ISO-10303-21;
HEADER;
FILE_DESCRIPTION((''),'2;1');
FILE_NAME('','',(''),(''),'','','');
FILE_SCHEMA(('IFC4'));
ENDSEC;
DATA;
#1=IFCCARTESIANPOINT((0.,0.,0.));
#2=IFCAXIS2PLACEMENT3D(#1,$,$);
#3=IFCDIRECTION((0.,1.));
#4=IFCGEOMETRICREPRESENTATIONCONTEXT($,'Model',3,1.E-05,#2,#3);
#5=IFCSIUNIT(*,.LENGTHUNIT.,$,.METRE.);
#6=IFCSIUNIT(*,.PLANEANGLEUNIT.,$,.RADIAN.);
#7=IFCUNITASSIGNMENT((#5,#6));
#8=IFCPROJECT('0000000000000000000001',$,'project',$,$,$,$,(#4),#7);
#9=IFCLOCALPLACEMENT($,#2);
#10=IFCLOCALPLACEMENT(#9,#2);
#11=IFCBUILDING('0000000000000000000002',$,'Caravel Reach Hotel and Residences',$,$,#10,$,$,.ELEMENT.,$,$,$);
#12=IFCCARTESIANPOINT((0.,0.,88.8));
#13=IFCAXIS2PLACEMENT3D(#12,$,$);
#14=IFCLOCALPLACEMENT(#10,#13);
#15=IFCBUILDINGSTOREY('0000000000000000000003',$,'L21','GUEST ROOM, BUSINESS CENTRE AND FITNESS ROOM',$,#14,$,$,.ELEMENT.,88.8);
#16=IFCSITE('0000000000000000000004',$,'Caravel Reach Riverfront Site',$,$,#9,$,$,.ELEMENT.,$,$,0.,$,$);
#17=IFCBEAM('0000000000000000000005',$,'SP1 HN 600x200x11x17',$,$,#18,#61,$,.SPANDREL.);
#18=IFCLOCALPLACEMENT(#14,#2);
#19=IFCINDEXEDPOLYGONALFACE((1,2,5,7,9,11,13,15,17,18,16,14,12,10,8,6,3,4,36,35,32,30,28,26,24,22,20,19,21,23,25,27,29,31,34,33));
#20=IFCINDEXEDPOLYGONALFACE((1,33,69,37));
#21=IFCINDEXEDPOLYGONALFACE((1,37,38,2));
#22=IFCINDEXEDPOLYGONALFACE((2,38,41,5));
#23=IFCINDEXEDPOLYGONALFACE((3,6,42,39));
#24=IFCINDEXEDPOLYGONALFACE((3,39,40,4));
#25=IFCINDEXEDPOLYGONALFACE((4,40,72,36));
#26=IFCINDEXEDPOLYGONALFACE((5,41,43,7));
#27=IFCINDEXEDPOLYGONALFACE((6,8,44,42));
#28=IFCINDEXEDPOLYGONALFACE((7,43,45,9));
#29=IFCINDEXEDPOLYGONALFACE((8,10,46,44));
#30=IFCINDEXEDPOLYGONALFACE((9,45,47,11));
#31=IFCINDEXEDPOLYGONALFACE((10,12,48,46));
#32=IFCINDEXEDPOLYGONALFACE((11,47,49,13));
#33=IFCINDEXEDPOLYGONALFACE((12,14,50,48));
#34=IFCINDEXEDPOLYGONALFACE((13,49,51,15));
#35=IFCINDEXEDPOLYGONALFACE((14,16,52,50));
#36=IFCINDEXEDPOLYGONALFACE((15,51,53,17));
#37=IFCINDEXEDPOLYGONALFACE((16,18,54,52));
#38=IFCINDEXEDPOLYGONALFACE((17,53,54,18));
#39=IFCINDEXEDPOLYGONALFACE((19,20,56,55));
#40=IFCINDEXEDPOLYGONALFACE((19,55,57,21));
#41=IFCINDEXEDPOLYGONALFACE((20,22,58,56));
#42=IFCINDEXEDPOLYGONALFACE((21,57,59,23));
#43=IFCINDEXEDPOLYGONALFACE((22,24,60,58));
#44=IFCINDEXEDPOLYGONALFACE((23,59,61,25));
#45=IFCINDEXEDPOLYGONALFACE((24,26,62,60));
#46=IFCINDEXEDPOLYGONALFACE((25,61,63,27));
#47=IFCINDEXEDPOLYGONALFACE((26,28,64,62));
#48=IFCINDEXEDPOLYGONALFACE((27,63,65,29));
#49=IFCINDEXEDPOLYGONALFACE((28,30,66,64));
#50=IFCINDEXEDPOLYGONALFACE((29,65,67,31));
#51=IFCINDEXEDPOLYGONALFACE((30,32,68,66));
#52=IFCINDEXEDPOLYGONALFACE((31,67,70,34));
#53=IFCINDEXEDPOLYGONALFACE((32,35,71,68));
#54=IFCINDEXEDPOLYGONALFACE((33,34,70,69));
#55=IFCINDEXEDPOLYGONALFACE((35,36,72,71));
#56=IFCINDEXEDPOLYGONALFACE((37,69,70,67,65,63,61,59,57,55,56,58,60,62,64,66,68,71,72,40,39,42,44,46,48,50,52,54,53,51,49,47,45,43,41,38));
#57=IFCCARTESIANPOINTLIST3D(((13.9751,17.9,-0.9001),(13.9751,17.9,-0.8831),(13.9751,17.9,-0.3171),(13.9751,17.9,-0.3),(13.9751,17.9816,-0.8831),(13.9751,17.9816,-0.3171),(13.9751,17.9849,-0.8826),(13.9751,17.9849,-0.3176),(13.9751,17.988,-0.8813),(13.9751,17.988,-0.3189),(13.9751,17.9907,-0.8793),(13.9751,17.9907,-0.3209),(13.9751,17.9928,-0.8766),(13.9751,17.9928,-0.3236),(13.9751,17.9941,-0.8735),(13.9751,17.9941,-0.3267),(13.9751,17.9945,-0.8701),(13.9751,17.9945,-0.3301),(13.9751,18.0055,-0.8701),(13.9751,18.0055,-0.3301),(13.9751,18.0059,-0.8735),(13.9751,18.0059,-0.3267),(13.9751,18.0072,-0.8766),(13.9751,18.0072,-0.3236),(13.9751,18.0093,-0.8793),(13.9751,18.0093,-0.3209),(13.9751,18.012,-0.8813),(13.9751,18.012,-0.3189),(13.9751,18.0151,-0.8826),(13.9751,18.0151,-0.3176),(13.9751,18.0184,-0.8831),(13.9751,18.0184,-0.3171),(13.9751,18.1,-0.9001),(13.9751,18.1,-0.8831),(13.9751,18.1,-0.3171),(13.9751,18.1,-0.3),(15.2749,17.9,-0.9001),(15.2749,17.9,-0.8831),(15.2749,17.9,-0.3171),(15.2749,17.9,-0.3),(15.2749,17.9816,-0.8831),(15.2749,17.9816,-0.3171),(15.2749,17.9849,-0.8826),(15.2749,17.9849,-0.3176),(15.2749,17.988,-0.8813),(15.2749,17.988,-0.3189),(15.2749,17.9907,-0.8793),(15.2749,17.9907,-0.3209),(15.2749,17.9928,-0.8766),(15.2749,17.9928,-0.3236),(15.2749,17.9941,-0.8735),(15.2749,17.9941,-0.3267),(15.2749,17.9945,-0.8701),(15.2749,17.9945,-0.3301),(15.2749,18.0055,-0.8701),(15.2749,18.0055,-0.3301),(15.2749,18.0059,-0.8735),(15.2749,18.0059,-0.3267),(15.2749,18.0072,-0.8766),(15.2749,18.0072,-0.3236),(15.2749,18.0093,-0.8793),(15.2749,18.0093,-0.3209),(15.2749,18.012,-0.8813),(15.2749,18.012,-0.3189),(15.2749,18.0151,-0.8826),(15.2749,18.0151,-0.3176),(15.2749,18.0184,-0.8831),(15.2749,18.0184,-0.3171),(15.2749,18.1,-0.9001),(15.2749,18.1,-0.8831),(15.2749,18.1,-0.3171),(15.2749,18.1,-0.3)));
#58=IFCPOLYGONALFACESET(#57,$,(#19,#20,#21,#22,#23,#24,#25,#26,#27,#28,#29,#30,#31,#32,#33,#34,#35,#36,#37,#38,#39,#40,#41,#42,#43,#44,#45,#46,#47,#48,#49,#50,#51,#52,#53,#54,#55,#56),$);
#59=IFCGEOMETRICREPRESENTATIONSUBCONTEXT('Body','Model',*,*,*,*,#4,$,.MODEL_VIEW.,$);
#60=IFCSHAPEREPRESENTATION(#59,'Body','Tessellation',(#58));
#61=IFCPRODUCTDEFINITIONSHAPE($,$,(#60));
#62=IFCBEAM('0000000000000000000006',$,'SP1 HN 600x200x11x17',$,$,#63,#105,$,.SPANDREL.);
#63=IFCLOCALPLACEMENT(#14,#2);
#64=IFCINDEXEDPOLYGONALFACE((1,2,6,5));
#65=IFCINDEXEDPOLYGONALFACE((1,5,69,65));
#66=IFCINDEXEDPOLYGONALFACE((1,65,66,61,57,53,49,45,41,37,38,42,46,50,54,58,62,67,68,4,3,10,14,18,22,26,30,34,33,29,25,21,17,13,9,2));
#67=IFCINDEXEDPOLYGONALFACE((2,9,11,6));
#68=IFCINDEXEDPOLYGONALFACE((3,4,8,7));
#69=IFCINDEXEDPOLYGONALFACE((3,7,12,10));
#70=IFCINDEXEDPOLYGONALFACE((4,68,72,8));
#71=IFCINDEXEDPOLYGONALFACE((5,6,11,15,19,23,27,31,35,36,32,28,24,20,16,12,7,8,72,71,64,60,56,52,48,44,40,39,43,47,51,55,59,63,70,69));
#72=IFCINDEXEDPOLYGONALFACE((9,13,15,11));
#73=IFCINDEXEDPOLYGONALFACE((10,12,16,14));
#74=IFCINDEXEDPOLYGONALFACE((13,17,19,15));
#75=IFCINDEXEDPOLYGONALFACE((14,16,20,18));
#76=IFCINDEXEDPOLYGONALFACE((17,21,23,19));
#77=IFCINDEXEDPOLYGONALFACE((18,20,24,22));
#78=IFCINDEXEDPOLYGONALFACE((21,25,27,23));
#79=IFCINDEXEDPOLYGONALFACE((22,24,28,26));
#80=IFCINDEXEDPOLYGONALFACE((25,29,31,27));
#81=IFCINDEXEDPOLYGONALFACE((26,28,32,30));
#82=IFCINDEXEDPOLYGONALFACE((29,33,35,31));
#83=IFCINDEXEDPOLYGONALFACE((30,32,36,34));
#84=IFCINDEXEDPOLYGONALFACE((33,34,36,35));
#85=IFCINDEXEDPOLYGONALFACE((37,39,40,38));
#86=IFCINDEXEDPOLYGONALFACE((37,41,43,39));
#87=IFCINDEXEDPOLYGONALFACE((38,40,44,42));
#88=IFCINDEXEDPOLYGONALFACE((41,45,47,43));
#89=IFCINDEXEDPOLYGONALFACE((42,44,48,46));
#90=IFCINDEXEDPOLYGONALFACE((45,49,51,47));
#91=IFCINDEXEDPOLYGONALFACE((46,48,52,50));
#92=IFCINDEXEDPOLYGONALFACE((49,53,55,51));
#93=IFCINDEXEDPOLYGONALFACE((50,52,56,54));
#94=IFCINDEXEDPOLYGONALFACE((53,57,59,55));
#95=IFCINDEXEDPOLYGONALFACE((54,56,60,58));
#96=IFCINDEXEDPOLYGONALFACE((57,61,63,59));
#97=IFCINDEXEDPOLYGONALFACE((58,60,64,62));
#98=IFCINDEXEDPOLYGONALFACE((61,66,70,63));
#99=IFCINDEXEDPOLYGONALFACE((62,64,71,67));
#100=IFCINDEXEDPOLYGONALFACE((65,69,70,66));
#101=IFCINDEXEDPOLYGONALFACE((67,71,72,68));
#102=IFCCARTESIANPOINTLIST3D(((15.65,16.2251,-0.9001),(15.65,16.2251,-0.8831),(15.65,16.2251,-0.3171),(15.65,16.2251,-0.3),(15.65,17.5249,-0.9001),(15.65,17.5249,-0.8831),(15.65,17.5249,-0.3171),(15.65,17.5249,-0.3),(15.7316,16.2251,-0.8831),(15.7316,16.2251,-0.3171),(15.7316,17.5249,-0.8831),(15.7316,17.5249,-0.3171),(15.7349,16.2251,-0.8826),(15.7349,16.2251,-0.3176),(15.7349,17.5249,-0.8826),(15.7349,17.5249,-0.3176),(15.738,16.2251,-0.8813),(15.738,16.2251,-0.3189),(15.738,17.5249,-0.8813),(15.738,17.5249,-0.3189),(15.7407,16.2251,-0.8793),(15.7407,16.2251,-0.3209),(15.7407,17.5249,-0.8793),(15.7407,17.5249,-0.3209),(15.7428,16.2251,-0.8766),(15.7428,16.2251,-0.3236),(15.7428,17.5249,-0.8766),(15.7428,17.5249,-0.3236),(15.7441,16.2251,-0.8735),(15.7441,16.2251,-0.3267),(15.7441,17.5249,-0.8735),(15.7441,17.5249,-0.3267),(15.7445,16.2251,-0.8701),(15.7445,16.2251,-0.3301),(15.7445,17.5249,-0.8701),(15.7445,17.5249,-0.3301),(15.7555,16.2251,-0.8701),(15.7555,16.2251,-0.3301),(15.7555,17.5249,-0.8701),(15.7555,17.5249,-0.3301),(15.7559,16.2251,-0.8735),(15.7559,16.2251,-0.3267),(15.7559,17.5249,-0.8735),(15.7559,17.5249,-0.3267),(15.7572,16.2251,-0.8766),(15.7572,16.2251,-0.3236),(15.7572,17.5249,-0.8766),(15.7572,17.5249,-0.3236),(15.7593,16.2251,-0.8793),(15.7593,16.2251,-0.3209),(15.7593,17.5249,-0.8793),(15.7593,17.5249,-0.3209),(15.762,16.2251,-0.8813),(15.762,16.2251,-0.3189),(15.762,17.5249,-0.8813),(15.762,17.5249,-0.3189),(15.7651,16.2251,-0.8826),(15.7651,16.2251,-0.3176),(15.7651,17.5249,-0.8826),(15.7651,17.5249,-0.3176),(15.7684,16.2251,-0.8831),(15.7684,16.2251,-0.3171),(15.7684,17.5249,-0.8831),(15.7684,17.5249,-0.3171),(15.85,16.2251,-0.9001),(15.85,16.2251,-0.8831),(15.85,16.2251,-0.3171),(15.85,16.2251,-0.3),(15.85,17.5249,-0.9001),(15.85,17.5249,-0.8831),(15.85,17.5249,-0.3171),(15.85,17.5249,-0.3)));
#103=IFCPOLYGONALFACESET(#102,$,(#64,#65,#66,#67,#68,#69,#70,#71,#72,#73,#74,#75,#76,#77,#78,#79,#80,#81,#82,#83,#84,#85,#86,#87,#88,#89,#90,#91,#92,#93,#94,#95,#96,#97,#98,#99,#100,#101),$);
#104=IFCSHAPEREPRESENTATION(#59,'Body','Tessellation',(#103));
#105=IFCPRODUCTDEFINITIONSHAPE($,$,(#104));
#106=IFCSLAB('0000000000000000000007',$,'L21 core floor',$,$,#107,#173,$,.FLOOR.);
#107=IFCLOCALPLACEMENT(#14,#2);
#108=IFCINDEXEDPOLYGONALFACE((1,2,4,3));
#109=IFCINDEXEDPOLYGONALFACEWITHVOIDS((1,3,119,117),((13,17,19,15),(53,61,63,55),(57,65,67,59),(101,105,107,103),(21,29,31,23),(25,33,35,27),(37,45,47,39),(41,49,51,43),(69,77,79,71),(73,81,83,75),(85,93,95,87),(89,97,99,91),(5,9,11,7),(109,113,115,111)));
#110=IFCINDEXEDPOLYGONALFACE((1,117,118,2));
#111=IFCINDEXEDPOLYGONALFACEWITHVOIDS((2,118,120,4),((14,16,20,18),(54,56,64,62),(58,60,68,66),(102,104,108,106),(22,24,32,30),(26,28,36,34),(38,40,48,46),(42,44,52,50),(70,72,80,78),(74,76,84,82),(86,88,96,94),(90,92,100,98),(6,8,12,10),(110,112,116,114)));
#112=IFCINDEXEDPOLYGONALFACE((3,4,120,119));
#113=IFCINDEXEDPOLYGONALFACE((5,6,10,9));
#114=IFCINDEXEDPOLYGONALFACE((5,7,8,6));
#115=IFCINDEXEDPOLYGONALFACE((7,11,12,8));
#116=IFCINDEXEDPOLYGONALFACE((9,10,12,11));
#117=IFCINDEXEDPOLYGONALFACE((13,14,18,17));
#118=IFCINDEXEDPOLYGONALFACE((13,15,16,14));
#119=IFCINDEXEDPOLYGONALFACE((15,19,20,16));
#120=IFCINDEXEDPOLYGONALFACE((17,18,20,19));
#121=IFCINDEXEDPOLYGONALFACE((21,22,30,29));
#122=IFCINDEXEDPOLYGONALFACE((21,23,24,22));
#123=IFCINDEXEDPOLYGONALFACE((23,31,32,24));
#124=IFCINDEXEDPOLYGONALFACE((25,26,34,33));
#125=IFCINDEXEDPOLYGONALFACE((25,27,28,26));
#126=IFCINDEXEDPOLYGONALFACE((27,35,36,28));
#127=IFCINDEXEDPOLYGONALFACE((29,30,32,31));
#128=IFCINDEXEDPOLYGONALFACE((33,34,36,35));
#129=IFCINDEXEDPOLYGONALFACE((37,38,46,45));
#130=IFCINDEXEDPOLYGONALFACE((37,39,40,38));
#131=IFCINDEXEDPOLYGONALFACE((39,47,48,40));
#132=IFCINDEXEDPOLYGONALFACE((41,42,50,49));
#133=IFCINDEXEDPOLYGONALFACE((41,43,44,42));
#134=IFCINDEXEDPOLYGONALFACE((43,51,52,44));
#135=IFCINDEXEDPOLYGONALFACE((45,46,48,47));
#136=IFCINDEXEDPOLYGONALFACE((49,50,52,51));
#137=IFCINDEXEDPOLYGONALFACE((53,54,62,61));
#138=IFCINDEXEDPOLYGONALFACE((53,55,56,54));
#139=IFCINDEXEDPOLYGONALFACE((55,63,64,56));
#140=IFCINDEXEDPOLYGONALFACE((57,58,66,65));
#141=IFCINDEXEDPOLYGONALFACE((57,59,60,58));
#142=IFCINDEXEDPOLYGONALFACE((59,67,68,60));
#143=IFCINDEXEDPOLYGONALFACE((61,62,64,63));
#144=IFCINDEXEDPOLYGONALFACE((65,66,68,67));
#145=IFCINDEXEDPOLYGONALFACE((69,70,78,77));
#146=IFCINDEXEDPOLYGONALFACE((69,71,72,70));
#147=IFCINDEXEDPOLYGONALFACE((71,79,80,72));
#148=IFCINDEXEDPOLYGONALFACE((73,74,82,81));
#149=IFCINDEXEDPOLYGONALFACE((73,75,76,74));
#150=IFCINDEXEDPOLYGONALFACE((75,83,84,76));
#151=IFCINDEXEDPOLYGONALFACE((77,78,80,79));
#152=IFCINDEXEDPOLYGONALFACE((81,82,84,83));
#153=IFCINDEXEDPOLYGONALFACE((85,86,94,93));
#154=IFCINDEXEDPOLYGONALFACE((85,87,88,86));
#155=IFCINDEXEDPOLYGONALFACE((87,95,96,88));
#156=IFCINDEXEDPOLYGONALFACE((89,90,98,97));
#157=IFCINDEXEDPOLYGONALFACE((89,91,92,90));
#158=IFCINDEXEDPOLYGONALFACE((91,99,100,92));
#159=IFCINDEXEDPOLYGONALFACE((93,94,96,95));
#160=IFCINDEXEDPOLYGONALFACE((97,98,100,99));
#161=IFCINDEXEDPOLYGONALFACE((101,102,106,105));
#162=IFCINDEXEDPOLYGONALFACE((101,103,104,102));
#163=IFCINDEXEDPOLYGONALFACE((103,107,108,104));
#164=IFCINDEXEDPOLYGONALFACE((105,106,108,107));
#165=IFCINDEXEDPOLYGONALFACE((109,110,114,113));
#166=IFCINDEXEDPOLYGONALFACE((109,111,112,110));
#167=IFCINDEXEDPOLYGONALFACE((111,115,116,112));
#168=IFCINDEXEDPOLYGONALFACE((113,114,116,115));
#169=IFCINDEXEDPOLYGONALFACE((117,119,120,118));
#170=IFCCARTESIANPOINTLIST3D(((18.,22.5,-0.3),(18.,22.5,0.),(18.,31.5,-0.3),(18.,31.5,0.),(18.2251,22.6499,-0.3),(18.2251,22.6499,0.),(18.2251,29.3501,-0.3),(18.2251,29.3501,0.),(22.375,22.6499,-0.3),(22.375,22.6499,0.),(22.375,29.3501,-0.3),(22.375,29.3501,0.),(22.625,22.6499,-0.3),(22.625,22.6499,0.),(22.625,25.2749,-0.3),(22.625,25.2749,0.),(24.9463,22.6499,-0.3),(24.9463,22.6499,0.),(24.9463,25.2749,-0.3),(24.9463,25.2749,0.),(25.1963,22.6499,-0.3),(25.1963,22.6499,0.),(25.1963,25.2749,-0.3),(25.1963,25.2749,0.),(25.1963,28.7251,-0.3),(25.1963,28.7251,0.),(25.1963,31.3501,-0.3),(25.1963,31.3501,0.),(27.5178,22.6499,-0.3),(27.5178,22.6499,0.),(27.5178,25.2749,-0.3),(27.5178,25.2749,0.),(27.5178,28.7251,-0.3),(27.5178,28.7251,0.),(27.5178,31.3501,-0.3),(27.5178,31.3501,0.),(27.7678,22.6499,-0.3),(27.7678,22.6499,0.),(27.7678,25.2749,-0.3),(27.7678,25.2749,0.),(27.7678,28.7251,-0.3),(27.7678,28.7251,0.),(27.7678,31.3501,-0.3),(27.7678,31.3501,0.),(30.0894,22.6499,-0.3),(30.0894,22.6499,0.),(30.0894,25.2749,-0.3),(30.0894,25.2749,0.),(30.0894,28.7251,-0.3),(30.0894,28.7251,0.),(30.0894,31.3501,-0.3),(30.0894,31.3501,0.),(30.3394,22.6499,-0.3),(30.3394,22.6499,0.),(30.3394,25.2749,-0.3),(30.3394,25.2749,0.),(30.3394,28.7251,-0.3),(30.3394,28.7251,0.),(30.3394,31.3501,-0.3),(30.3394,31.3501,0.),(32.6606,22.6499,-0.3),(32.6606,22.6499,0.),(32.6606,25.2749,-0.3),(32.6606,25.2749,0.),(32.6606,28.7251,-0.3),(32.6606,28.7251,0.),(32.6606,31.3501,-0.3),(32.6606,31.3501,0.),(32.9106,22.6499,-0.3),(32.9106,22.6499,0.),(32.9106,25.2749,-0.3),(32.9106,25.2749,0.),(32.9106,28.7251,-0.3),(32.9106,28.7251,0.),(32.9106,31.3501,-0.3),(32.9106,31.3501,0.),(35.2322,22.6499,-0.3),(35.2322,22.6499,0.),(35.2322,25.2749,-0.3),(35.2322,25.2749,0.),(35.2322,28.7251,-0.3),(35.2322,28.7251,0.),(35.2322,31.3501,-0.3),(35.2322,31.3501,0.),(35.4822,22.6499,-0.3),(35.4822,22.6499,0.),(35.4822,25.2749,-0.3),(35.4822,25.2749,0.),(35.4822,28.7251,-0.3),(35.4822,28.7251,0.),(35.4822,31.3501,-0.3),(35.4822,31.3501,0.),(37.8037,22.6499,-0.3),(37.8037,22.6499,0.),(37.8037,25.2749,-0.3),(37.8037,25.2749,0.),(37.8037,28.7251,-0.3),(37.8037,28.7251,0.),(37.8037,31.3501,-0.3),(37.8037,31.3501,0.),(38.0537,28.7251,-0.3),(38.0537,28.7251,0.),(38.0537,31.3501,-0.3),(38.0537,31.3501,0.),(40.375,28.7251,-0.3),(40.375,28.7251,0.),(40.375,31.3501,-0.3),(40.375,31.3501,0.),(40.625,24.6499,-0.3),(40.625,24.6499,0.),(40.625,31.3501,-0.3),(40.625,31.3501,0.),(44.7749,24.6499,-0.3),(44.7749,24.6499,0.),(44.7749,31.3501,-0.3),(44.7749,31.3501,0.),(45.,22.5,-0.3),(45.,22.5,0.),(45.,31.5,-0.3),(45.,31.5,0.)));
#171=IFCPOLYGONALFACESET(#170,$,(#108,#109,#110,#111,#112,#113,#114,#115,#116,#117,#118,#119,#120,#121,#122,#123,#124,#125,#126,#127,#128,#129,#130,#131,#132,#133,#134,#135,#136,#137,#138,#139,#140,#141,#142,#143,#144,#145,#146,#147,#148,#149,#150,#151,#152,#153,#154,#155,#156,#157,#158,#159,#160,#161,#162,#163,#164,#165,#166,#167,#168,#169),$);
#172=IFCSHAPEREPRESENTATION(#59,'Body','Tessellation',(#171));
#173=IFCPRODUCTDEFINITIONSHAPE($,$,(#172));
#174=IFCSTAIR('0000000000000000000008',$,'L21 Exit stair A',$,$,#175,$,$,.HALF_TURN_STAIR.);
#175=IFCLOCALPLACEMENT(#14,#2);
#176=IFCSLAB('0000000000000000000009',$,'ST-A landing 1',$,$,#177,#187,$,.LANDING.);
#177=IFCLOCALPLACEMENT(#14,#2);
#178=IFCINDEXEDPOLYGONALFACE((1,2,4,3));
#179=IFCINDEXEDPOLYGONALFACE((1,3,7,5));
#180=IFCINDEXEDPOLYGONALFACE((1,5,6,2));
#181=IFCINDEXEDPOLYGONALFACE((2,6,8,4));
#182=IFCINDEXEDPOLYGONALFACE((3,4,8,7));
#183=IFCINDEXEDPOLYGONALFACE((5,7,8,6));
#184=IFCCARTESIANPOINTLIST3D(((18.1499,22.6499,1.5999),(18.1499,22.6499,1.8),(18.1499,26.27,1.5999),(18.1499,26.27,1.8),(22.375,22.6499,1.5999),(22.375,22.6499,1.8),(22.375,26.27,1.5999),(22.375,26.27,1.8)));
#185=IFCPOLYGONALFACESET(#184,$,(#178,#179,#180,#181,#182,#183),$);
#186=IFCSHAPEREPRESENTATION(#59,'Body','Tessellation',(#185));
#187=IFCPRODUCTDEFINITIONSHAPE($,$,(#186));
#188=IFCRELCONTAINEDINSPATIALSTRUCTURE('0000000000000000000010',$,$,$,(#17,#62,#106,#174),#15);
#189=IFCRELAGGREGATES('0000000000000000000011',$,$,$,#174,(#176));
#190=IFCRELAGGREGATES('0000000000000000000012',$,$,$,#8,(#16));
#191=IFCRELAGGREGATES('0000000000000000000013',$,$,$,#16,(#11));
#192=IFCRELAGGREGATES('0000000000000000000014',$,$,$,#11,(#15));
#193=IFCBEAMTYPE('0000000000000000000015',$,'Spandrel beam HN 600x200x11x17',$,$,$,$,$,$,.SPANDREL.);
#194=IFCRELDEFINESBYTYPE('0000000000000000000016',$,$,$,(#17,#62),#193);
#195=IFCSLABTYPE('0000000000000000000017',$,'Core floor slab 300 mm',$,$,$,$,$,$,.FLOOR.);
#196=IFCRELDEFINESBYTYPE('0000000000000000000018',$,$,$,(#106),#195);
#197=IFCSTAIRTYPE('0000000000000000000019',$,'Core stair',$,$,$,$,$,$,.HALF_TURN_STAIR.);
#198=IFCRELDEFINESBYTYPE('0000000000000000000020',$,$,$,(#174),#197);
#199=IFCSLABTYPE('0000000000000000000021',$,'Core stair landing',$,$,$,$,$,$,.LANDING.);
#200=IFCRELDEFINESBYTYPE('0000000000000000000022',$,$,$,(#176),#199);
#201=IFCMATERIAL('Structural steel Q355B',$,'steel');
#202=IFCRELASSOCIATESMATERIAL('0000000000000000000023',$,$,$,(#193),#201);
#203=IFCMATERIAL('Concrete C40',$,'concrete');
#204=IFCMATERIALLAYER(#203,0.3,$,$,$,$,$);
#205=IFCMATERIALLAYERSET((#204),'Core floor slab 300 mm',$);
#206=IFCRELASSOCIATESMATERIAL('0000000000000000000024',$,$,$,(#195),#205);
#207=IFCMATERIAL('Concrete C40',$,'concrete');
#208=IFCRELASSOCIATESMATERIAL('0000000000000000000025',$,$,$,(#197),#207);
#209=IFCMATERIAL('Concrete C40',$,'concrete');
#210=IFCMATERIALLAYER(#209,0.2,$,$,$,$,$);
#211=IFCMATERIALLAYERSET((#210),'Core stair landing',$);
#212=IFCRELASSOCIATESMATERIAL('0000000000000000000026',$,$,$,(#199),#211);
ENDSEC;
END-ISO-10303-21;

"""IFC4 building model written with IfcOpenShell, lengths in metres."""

from ifc_helpers import new_model, si_unit, direction, frame, origin, origin_2d, place, context, subcontext, project, spatial, polyline, i_section, outline, extrude, material, layer, layer_set, material_profile, profile_set, type_object, element, aggregate, save


model = new_model("IFC4")

# Units and contexts
model_context = context("Model", 3, precision=1e-05, world=origin(), true_north=direction((0.0, 1.0)))
body_context = subcontext(model_context, "Body", "Model", "MODEL_VIEW")
ifc_project = project(units=[si_unit("LENGTHUNIT", "METRE"), si_unit("PLANEANGLEUNIT", "RADIAN")], contexts=[model_context])

# Site, building, storey
site_placement = place(None, origin())
site = spatial("IfcSite", under=ifc_project, at=site_placement, Name="Caravel Reach Riverfront Site", CompositionType="ELEMENT", RefElevation=0.0)
building_placement = place(site_placement, origin())
building = spatial("IfcBuilding", under=site, at=building_placement, Name="Caravel Reach Hotel and Residences", CompositionType="ELEMENT")
storey_placement = place(building_placement, frame((0.0, 0.0, 88.8)))
storey = spatial("IfcBuildingStorey", under=building, at=storey_placement, Name="L21", Description="GUEST ROOM, BUSINESS CENTRE AND FITNESS ROOM", CompositionType="ELEMENT", Elevation=88.8)

# Beams
ifc_material_1 = material(Name="Structural steel Q355B", Category="steel")
ifc_material_profile_1 = material_profile(ifc_material_1, i_section(OverallWidth=0.2, OverallDepth=0.6001, WebThickness=0.011, FlangeThickness=0.0171, FilletRadius=0.0129, at=origin_2d()), Name="HN 600x200x11x17")
ifc_profile_set_1 = profile_set([ifc_material_profile_1], Name="Structural steel Q355B")
beam_type_1 = type_object("IfcBeamType", Name="Spandrel beam HN 600x200x11x17", PredefinedType="SPANDREL", material=ifc_profile_set_1)
for number, where, z_axis, x_axis, name in (
    (1, (13.9751, 18.0, -0.6001), (1.0, 0.0, 0.0), (0.0, 1.0, 0.0), "SP1 HN 600x200x11x17"),
    (2, (15.75, 17.5249, -0.6001), (0.0, -1.0, 0.0), (1.0, 0.0, 0.0), "SP1 HN 600x200x11x17"),
):
    element("IfcBeam", number, at=place(storey_placement, frame(where, z_axis=z_axis, x_axis=x_axis)), inside=storey, type_object=beam_type_1, Name=name, PredefinedType="SPANDREL", context=body_context, shape_type="SweptSolid", body=[
        extrude(i_section(OverallWidth=0.2, OverallDepth=0.6001, WebThickness=0.011, FlangeThickness=0.0171, FilletRadius=0.0129, at=origin_2d()), origin(), (0.0, 0.0, 1.0), 1.2998),
    ])

# Slab
ifc_material_2 = material(Name="Concrete C40", Category="concrete")
ifc_layer_1 = layer(ifc_material_2, 0.3)
ifc_layer_set_1 = layer_set([ifc_layer_1], Name="Core floor slab 300 mm")
slab_type_1 = type_object("IfcSlabType", Name="Core floor slab 300 mm", PredefinedType="FLOOR", material=ifc_layer_set_1)
slab_1_placement = place(storey_placement, frame((0.0, 0.0, -0.3)))
element("IfcSlab", 3, at=slab_1_placement, inside=storey, type_object=slab_type_1, Name="L21 core floor", PredefinedType="FLOOR", context=body_context, shape_type="SweptSolid", body=[
    extrude(outline(polyline([(18.0, 31.5), (45.0, 31.5), (45.0, 22.5), (18.0, 22.5), (18.0, 31.5)]), holes=[polyline([(22.625, 25.2749), (22.625, 22.6499), (24.9463, 22.6499), (24.9463, 25.2749), (22.625, 25.2749)]), polyline([(27.5178, 25.2749), (25.1963, 25.2749), (25.1963, 22.6499), (27.5178, 22.6499), (27.5178, 25.2749)]), polyline([(30.0894, 25.2749), (27.7678, 25.2749), (27.7678, 22.6499), (30.0894, 22.6499), (30.0894, 25.2749)]), polyline([(32.6606, 25.2749), (30.3394, 25.2749), (30.3394, 22.6499), (32.6606, 22.6499), (32.6606, 25.2749)]), polyline([(18.2251, 22.6499), (22.375, 22.6499), (22.375, 29.3501), (18.2251, 29.3501), (18.2251, 22.6499)]), polyline([(27.5178, 31.3501), (25.1963, 31.3501), (25.1963, 28.7251), (27.5178, 28.7251), (27.5178, 31.3501)]), polyline([(30.0894, 31.3501), (27.7678, 31.3501), (27.7678, 28.7251), (30.0894, 28.7251), (30.0894, 31.3501)]), polyline([(32.9106, 25.2749), (32.9106, 22.6499), (35.2322, 22.6499), (35.2322, 25.2749), (32.9106, 25.2749)]), polyline([(37.8037, 25.2749), (35.4822, 25.2749), (35.4822, 22.6499), (37.8037, 22.6499), (37.8037, 25.2749)]), polyline([(44.7749, 31.3501), (40.625, 31.3501), (40.625, 24.6499), (44.7749, 24.6499), (44.7749, 31.3501)]), polyline([(32.6606, 31.3501), (30.3394, 31.3501), (30.3394, 28.7251), (32.6606, 28.7251), (32.6606, 31.3501)]), polyline([(35.2322, 31.3501), (32.9106, 31.3501), (32.9106, 28.7251), (35.2322, 28.7251), (35.2322, 31.3501)]), polyline([(37.8037, 31.3501), (35.4822, 31.3501), (35.4822, 28.7251), (37.8037, 28.7251), (37.8037, 31.3501)]), polyline([(40.375, 31.3501), (38.0537, 31.3501), (38.0537, 28.7251), (40.375, 28.7251), (40.375, 31.3501)])]), origin(), (0.0, 0.0, 1.0), 0.3),
])

# Stair, slab
ifc_material_3 = material(Name="Concrete C40", Category="concrete")
stair_type = type_object("IfcStairType", Name="Core stair", PredefinedType="HALF_TURN_STAIR", material=ifc_material_3)
stair_1_placement = place(storey_placement, origin())
stair_1 = element("IfcStair", 4, at=stair_1_placement, inside=storey, type_object=stair_type, Name="L21 Exit stair A", PredefinedType="HALF_TURN_STAIR")
ifc_material_4 = material(Name="Concrete C40", Category="concrete")
ifc_layer_2 = layer(ifc_material_4, 0.2)
ifc_layer_set_2 = layer_set([ifc_layer_2], Name="Core stair landing")
slab_type_2 = type_object("IfcSlabType", Name="Core stair landing", PredefinedType="LANDING", material=ifc_layer_set_2)
slab_2_placement = place(storey_placement, frame((0.0, 0.0, 1.5999)))
slab_2 = element("IfcSlab", 5, at=slab_2_placement, type_object=slab_type_2, Name="ST-A landing 1", PredefinedType="LANDING", context=body_context, shape_type="SweptSolid", body=[
    extrude(outline(polyline([(18.1499, 26.27), (18.1499, 22.6499), (22.375, 22.6499), (22.375, 26.27), (18.1499, 26.27)])), origin(), (0.0, 0.0, 1.0), 0.2002),
])
aggregate(stair_1, [slab_2])

save(model, "model.ifc")
